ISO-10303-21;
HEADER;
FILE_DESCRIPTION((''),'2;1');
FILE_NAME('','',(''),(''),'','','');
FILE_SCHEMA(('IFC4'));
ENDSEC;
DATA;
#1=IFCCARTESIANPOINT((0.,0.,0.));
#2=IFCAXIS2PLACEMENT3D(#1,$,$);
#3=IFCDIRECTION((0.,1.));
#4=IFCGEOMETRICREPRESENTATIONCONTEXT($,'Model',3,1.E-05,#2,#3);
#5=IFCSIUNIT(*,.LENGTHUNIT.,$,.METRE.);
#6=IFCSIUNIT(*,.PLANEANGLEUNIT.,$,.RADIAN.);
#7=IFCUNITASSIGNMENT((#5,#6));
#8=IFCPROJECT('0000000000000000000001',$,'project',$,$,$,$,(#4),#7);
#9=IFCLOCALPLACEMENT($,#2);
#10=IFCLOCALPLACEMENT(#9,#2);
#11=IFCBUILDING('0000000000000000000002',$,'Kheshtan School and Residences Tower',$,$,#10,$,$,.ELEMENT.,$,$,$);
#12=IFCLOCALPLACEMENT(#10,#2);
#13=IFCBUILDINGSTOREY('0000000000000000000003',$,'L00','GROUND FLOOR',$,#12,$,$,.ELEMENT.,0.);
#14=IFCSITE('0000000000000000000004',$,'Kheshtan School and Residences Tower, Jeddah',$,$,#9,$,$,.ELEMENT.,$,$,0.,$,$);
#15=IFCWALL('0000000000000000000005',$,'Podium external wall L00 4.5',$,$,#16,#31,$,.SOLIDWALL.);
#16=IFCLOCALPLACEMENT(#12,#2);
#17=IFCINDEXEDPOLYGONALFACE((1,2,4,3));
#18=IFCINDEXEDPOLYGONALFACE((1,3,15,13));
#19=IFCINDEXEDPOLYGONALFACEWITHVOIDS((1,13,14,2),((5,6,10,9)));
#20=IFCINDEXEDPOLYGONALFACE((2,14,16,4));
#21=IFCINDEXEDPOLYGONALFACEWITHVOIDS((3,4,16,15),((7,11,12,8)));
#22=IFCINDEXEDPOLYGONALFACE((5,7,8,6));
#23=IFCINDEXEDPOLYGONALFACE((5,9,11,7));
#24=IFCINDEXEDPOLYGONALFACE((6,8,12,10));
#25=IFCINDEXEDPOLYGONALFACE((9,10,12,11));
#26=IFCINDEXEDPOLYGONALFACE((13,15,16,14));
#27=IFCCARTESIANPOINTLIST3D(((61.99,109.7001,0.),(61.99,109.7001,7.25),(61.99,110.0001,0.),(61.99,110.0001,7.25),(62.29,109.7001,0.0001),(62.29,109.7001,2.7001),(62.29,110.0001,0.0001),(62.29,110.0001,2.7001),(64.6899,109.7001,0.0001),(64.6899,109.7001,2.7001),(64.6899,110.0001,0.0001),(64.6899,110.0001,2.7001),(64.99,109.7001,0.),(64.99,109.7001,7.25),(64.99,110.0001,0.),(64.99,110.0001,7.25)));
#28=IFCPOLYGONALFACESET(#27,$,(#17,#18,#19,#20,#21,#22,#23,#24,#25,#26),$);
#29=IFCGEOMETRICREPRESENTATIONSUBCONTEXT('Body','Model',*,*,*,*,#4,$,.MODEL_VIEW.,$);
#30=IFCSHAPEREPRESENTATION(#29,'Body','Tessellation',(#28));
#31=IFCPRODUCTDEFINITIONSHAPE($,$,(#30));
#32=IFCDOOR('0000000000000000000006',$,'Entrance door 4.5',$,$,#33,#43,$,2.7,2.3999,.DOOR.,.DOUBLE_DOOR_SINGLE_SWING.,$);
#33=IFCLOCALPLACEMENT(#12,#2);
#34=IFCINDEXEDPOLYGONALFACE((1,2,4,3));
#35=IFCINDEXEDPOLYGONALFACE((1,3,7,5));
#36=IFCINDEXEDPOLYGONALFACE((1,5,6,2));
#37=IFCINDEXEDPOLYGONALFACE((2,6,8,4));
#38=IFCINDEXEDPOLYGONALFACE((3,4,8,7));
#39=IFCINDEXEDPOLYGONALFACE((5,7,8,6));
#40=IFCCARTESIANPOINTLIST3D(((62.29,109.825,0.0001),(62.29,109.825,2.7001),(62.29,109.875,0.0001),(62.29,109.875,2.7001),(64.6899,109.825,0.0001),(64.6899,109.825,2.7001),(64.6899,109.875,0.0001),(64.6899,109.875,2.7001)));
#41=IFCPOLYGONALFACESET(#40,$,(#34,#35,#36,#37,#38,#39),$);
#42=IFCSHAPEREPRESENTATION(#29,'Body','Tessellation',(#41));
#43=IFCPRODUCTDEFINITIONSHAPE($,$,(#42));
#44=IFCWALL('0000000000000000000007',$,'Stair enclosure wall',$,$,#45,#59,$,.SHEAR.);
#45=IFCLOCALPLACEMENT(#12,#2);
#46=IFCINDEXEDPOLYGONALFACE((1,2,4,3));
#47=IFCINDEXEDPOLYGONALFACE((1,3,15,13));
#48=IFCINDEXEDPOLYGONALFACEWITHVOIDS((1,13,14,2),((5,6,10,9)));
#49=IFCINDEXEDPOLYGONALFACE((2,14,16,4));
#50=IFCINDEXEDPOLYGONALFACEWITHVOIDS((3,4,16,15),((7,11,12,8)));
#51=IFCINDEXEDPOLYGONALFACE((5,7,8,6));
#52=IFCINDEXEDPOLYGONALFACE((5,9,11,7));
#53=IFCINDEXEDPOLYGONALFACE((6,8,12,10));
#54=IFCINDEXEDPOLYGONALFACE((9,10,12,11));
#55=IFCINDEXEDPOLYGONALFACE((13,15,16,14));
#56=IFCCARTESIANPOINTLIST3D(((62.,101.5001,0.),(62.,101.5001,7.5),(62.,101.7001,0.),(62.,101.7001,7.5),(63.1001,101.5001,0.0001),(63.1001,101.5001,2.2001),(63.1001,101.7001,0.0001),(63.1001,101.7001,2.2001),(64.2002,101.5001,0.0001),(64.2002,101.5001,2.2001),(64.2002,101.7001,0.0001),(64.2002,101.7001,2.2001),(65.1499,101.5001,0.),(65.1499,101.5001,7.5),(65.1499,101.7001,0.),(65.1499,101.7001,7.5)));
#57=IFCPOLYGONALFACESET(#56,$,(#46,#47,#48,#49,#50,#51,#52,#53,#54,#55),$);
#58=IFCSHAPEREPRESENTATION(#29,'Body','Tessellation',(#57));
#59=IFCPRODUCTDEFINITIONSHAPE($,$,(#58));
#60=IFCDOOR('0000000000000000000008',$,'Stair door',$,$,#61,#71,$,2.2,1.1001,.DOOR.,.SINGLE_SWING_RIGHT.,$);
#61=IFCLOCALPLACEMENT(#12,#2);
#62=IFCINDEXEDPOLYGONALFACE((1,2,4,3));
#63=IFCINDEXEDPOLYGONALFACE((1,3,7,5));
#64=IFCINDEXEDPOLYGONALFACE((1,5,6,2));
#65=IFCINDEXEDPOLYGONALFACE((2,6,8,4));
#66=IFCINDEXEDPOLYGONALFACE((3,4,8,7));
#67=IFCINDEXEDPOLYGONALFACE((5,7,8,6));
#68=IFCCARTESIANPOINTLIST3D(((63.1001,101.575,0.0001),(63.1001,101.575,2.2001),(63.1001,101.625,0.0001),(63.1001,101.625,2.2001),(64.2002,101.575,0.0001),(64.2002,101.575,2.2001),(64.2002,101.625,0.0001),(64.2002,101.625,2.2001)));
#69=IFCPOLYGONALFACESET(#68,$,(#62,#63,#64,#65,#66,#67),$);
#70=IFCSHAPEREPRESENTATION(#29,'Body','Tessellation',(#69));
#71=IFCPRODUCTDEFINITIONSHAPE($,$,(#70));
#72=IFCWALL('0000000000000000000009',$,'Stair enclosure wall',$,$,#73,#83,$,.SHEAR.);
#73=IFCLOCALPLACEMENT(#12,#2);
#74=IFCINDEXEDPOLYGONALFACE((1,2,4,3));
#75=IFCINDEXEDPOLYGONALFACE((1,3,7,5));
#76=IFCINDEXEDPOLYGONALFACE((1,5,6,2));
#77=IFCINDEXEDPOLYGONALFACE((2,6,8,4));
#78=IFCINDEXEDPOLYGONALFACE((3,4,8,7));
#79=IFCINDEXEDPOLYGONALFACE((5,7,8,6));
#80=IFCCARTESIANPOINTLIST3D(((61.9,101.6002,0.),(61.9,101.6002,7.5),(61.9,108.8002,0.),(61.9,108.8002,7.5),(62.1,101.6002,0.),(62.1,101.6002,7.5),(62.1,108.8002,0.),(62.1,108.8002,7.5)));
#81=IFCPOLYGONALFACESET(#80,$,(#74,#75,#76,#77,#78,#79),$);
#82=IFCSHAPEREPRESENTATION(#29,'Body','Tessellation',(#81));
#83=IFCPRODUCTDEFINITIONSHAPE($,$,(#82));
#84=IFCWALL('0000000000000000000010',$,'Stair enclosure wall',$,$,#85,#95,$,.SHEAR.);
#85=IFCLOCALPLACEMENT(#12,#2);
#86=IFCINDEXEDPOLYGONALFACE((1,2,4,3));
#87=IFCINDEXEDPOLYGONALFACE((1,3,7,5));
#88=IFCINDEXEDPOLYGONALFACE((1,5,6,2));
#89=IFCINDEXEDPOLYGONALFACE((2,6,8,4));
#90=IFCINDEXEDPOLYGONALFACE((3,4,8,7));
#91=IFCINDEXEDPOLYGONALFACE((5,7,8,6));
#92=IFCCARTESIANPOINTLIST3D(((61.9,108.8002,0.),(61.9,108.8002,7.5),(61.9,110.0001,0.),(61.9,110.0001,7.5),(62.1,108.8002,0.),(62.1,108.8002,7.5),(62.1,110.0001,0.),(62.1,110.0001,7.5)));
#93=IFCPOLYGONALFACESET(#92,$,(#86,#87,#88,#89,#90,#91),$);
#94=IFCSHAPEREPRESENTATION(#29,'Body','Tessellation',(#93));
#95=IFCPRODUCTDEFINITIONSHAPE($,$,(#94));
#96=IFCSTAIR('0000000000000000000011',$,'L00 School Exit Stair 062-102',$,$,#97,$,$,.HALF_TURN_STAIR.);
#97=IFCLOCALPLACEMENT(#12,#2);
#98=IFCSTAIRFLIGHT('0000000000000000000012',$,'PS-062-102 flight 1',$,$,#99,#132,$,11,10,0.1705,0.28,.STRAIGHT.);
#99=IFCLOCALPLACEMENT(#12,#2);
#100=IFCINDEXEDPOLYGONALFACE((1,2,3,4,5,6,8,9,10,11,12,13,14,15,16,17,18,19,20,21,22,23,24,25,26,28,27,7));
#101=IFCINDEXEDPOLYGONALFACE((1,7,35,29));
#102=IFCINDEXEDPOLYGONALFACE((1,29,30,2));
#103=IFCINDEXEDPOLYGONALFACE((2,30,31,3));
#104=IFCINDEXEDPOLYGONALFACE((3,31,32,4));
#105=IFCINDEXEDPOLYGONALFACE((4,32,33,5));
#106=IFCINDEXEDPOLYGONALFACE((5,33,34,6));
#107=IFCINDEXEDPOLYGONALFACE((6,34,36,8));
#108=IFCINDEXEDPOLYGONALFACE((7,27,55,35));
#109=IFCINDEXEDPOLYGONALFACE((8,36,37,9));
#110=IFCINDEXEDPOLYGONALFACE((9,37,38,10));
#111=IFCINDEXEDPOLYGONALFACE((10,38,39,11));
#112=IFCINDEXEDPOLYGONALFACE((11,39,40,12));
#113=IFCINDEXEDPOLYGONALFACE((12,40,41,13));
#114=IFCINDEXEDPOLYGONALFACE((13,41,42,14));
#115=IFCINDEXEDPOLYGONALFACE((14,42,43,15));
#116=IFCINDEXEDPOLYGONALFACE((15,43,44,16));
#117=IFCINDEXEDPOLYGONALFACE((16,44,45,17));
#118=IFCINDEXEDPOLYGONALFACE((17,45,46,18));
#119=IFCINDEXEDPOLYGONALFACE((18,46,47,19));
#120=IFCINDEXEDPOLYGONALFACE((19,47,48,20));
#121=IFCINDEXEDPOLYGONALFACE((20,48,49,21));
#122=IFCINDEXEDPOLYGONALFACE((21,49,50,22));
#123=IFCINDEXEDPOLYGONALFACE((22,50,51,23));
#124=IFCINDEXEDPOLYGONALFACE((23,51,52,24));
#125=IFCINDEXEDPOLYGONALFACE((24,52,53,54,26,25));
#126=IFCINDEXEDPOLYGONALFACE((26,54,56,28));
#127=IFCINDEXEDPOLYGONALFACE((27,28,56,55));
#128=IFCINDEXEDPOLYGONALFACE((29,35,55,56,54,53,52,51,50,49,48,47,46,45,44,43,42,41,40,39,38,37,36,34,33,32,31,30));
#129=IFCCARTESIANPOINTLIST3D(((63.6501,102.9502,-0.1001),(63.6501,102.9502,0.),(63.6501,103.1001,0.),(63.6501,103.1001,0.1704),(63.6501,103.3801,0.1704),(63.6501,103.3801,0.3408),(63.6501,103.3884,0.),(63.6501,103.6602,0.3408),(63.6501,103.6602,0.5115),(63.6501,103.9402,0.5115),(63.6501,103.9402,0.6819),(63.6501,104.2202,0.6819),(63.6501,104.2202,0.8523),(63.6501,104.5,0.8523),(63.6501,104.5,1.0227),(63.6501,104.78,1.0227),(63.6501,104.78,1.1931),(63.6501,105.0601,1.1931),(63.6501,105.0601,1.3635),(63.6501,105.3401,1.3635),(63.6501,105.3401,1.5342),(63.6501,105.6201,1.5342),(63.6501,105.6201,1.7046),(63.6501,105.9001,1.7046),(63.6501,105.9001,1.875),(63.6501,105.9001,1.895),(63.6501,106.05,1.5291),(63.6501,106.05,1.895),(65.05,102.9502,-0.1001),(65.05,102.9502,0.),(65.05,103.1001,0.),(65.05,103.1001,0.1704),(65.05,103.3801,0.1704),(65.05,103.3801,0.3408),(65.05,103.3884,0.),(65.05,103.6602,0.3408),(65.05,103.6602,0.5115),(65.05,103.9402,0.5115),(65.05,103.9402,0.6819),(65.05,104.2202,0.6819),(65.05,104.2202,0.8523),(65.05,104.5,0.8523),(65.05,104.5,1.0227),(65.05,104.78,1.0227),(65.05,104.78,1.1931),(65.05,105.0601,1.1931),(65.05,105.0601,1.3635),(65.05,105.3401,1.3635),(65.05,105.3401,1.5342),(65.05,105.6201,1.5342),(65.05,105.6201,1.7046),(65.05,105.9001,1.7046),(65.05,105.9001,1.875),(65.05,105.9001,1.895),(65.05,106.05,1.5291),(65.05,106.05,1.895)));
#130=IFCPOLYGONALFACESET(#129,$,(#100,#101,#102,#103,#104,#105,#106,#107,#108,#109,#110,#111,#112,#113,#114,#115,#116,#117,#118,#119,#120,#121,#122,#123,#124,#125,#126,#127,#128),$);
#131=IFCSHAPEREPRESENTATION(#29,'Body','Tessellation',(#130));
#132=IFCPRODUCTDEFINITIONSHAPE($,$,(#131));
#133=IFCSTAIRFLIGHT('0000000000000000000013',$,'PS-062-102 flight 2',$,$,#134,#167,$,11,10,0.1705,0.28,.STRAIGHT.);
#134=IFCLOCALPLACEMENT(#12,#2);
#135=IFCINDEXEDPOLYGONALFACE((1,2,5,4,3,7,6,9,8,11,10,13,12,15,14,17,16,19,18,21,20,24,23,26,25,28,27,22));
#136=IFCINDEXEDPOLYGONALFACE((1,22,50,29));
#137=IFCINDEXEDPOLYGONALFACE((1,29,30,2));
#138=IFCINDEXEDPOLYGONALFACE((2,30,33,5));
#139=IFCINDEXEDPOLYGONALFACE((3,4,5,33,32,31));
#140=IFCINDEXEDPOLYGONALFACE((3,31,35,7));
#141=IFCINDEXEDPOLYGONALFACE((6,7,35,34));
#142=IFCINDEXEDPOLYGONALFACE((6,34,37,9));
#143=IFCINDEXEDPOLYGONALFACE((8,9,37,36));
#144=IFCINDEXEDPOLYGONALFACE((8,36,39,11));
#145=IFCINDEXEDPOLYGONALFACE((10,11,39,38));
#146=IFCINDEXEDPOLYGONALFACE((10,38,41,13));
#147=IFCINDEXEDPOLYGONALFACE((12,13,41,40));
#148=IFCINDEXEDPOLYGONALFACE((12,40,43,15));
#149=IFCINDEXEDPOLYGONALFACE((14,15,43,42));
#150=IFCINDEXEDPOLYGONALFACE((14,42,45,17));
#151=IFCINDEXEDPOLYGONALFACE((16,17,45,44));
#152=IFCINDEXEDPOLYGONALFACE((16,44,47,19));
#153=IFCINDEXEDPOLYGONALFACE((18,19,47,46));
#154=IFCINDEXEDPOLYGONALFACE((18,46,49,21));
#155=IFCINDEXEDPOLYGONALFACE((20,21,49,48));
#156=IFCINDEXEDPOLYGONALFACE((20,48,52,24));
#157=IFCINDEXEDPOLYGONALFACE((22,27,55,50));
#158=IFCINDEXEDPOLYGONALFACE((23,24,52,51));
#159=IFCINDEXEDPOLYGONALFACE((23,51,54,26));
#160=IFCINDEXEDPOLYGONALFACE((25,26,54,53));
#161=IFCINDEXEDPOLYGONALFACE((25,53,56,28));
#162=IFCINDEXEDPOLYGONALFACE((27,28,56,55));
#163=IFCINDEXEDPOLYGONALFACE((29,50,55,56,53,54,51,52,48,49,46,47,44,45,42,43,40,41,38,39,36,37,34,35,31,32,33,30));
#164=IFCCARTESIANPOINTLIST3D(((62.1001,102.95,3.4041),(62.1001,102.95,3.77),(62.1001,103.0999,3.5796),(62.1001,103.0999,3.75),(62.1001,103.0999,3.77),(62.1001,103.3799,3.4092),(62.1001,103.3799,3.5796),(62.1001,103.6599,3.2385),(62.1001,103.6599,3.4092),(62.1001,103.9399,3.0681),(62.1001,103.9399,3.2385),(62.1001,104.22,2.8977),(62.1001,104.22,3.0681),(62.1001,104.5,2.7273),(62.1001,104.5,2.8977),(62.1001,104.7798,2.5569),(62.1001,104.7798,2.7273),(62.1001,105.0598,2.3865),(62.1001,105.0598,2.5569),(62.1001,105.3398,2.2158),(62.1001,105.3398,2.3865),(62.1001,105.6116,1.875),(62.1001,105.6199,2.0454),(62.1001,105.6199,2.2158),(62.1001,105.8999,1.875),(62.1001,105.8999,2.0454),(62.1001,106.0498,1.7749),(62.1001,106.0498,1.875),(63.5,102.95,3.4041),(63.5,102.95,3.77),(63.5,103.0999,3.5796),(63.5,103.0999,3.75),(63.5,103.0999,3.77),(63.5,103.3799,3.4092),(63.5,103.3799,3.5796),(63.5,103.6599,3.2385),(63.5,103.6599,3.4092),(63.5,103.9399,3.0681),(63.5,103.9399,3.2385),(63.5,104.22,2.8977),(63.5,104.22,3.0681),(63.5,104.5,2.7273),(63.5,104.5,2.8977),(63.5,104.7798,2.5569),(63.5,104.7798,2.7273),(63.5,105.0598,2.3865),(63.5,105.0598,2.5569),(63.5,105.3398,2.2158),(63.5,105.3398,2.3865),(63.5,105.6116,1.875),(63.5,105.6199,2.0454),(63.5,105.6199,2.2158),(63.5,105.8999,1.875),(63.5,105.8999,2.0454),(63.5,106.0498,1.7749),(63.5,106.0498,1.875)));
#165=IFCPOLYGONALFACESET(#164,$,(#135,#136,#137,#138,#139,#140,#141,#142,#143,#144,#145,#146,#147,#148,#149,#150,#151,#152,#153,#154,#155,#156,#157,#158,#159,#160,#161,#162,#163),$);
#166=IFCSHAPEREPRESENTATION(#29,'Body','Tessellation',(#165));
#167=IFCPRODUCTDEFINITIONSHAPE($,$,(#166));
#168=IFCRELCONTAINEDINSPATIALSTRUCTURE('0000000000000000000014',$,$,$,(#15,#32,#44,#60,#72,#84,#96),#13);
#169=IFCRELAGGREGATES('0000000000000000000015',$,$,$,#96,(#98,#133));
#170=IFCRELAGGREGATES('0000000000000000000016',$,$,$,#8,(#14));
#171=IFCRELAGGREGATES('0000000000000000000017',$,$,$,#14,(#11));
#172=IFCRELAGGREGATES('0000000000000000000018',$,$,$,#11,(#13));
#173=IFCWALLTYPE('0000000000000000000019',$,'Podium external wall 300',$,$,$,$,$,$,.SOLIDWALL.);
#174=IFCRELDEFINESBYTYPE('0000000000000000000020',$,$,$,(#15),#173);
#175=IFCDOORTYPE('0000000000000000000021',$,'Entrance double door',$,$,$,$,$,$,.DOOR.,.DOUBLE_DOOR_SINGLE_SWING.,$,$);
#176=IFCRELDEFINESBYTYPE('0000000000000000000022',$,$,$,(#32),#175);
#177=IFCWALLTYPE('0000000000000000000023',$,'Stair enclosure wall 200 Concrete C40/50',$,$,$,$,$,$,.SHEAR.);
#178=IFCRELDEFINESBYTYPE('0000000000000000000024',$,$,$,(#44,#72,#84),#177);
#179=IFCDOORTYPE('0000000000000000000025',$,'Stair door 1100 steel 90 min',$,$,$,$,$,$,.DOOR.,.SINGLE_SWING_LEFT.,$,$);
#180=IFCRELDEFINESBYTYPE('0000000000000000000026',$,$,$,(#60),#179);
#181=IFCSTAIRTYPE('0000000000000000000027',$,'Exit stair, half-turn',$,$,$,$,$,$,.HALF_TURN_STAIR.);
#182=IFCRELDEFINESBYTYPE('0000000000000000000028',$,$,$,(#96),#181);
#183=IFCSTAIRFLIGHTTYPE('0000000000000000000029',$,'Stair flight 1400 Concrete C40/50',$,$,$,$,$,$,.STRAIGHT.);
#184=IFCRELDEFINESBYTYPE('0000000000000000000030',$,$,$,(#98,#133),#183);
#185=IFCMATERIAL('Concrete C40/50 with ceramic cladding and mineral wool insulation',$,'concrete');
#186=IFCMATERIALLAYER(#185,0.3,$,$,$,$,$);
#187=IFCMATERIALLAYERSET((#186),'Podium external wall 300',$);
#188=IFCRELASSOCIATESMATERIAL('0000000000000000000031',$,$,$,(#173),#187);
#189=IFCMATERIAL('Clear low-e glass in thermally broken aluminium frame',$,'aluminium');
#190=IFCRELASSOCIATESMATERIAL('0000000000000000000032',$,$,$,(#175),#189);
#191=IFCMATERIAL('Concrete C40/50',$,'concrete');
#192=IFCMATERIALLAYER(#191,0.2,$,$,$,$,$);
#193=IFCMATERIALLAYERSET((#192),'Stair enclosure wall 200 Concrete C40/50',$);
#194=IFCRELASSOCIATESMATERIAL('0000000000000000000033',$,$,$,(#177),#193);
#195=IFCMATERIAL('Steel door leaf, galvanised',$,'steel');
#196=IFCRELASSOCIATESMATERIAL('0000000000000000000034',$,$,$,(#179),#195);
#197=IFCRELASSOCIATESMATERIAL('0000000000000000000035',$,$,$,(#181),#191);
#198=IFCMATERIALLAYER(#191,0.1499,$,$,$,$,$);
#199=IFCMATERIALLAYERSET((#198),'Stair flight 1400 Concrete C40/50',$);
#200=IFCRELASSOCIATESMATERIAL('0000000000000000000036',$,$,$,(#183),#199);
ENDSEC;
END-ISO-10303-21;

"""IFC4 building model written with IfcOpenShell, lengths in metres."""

from ifc_helpers import new_model, si_unit, direction, frame, frame_2d, origin, place, context, subcontext, project, spatial, polyline, rectangle, outline, extrude, source, transform, mapped, material, layer, layer_set, type_object, element, fill, aggregate, save


model = new_model("IFC4")

# Units and contexts
model_context = context("Model", 3, precision=1e-05, world=origin(), true_north=direction((0.0, 1.0)))
body_context = subcontext(model_context, "Body", "Model", "MODEL_VIEW")
ifc_project = project(units=[si_unit("LENGTHUNIT", "METRE"), si_unit("PLANEANGLEUNIT", "RADIAN")], contexts=[model_context])

# Site, building, storey
site_placement = place(None, origin())
site = spatial("IfcSite", under=ifc_project, at=site_placement, Name="Kheshtan School and Residences Tower, Jeddah", CompositionType="ELEMENT", RefElevation=0.0)
building_placement = place(site_placement, origin())
building = spatial("IfcBuilding", under=site, at=building_placement, Name="Kheshtan School and Residences Tower", CompositionType="ELEMENT")
storey_placement = place(building_placement, origin())
storey = spatial("IfcBuildingStorey", under=building, at=storey_placement, Name="L00", Description="GROUND FLOOR", CompositionType="ELEMENT", Elevation=0.0)

# Shared definitions
ifc_material_1 = material(Name="Clear low-e glass in thermally broken aluminium frame", Category="aluminium")

# Walls, openings, doors
ifc_material_2 = material(Name="Concrete C40/50 with ceramic cladding and mineral wool insulation", Category="concrete")
ifc_layer_1 = layer(ifc_material_2, 0.3)
ifc_layer_set_1 = layer_set([ifc_layer_1], Name="Podium external wall 300")
wall_type_1 = type_object("IfcWallType", Name="Podium external wall 300", PredefinedType="SOLIDWALL", material=ifc_layer_set_1)
wall_1_placement = place(storey_placement, frame((61.99, 109.8501, 0.0), z_axis=(0.0, 0.0, 1.0), x_axis=(1.0, 0.0, 0.0)))
wall_1 = element("IfcWall", 1, at=wall_1_placement, inside=storey, type_object=wall_type_1, Name="Podium external wall L00 4.5", PredefinedType="SOLIDWALL", context=body_context, shape_type="SweptSolid", body=[
    extrude(rectangle(XDim=3.0, YDim=0.3, at=frame_2d((1.5, 0.0))), origin(), (0.0, 0.0, 1.0), 7.25),
])
opening_1_placement = place(wall_1_placement, frame((0.3, 0.0, 0.0)))
opening_1 = element("IfcOpeningElement", 2, at=opening_1_placement, cuts=wall_1, PredefinedType="OPENING", context=body_context, shape_type="SweptSolid", body=[
    extrude(rectangle(XDim=2.3999, YDim=2.7, at=frame_2d((1.2, 1.3501))), frame((0.0, 0.1602, 0.0), z_axis=(0.0, -1.0, 0.0), x_axis=(1.0, 0.0, 0.0)), (0.0, 0.0, 1.0), 0.3201),
])
door_type_1 = type_object("IfcDoorType", Name="Entrance double door", OperationType="DOUBLE_DOOR_SINGLE_SWING", PredefinedType="DOOR", material=ifc_material_1)
shared_shape_1 = source(origin(), body_context, "Body", "SweptSolid", [
    extrude(rectangle(XDim=2.3999, YDim=2.7, at=frame_2d((1.2, 1.3501))), frame((0.0, 0.0249, 0.0), z_axis=(0.0, -1.0, 0.0), x_axis=(1.0, 0.0, 0.0)), (0.0, 0.0, 1.0), 0.05),
])
door_1_placement = place(opening_1_placement, origin())
door_1 = element("IfcDoor", 3, at=door_1_placement, inside=storey, type_object=door_type_1, Name="Entrance door 4.5", OperationType="DOUBLE_DOOR_SINGLE_SWING", OverallHeight=2.7, OverallWidth=2.3999, PredefinedType="DOOR", context=body_context, shape_type="MappedRepresentation", body=[
    mapped(shared_shape_1, transform((0.0, 0.0, 0.0), x_axis=(1.0, 0.0, 0.0), y_axis=(0.0, 1.0, 0.0), z_axis=(0.0, 0.0, 1.0), scale=1.0)),
])
fill(opening_1, door_1)
ifc_material_3 = material(Name="Concrete C40/50", Category="concrete")
ifc_layer_2 = layer(ifc_material_3, 0.2)
ifc_layer_set_2 = layer_set([ifc_layer_2], Name="Stair enclosure wall 200 Concrete C40/50")
wall_type_2 = type_object("IfcWallType", Name="Stair enclosure wall 200 Concrete C40/50", PredefinedType="SHEAR", material=ifc_layer_set_2)
wall_2_placement = place(storey_placement, frame((62.0, 101.6001, 0.0), z_axis=(0.0, 0.0, 1.0), x_axis=(1.0, 0.0, 0.0)))
wall_2 = element("IfcWall", 4, at=wall_2_placement, inside=storey, type_object=wall_type_2, Name="Stair enclosure wall", PredefinedType="SHEAR", context=body_context, shape_type="SweptSolid", body=[
    extrude(rectangle(XDim=3.1499, YDim=0.2, at=frame_2d((1.575, 0.0))), origin(), (0.0, 0.0, 1.0), 7.5),
])
opening_2_placement = place(wall_2_placement, frame((1.1001, 0.0, 0.0)))
opening_2 = element("IfcOpeningElement", 5, at=opening_2_placement, cuts=wall_2, PredefinedType="OPENING", context=body_context, shape_type="SweptSolid", body=[
    extrude(rectangle(XDim=1.1001, YDim=2.2, at=frame_2d((0.55, 1.1001))), frame((0.0, 0.1099, 0.0), z_axis=(0.0, -1.0, 0.0), x_axis=(1.0, 0.0, 0.0)), (0.0, 0.0, 1.0), 0.22),
])
ifc_material_4 = material(Name="Steel door leaf, galvanised", Category="steel")
door_type_2 = type_object("IfcDoorType", Name="Stair door 1100 steel 90 min", OperationType="SINGLE_SWING_LEFT", PredefinedType="DOOR", material=ifc_material_4)
shared_shape_2 = source(origin(), body_context, "Body", "SweptSolid", [
    extrude(rectangle(XDim=1.1001, YDim=2.2, at=frame_2d((0.55, 1.1001))), frame((0.0, 0.0249, 0.0), z_axis=(0.0, -1.0, 0.0), x_axis=(1.0, 0.0, 0.0)), (0.0, 0.0, 1.0), 0.05),
])
door_2_placement = place(opening_2_placement, origin())
door_2 = element("IfcDoor", 6, at=door_2_placement, inside=storey, type_object=door_type_2, Name="Stair door", OperationType="SINGLE_SWING_RIGHT", OverallHeight=2.2, OverallWidth=1.1001, PredefinedType="DOOR", context=body_context, shape_type="MappedRepresentation", body=[
    mapped(shared_shape_2, transform((0.0, 0.0, 0.0), x_axis=(1.0, 0.0, 0.0), y_axis=(0.0, 1.0, 0.0), z_axis=(0.0, 0.0, 1.0), scale=1.0)),
])
fill(opening_2, door_2)

# Walls
wall_3_placement = place(storey_placement, frame((62.0, 101.6001, 0.0), z_axis=(0.0, 0.0, 1.0), x_axis=(0.0, 1.0, 0.0)))
element("IfcWall", 7, at=wall_3_placement, inside=storey, type_object=wall_type_2, Name="Stair enclosure wall", PredefinedType="SHEAR", context=body_context, shape_type="SweptSolid", body=[
    extrude(rectangle(XDim=7.2, YDim=0.2, at=frame_2d((3.6001, 0.0))), origin(), (0.0, 0.0, 1.0), 7.5),
])
wall_4_placement = place(storey_placement, frame((62.0, 108.8, 0.0), z_axis=(0.0, 0.0, 1.0), x_axis=(0.0, 1.0, 0.0)))
element("IfcWall", 8, at=wall_4_placement, inside=storey, type_object=wall_type_2, Name="Stair enclosure wall", PredefinedType="SHEAR", context=body_context, shape_type="SweptSolid", body=[
    extrude(rectangle(XDim=1.2, YDim=0.2, at=frame_2d((0.6001, 0.0))), origin(), (0.0, 0.0, 1.0), 7.5),
])

# Stair, stair flights
stair_type = type_object("IfcStairType", Name="Exit stair, half-turn", PredefinedType="HALF_TURN_STAIR", material=ifc_material_3)
stair_placement = place(storey_placement, origin())
stair = element("IfcStair", 9, at=stair_placement, inside=storey, type_object=stair_type, Name="L00 School Exit Stair 062-102", PredefinedType="HALF_TURN_STAIR")
ifc_layer_3 = layer(ifc_material_3, 0.1499)
ifc_layer_set_3 = layer_set([ifc_layer_3], Name="Stair flight 1400 Concrete C40/50")
stair_flight_type = type_object("IfcStairFlightType", Name="Stair flight 1400 Concrete C40/50", PredefinedType="STRAIGHT", material=ifc_layer_set_3)
stair_flight_1_placement = place(storey_placement, frame((64.3501, 103.1001, 0.0), z_axis=(0.0, 0.0, 1.0), x_axis=(0.0, 1.0, 0.0)))
stair_flight_1 = element("IfcStairFlight", 10, at=stair_flight_1_placement, type_object=stair_flight_type, Name="PS-062-102 flight 1", NumberOfRisers=11, NumberOfTreads=10, PredefinedType="STRAIGHT", RiserHeight=0.1705, TreadLength=0.28, context=body_context, shape_type="SweptSolid", body=[
    extrude(outline(polyline([(-0.1499, -0.1001), (-0.1499, 0.0), (0.0, 0.0), (0.0, 0.1704), (0.28, 0.1704), (0.28, 0.3408), (0.5601, 0.3408), (0.5601, 0.5115), (0.8401, 0.5115), (0.8401, 0.6819), (1.1201, 0.6819), (1.1201, 0.8523), (1.3999, 0.8523), (1.3999, 1.0227), (1.6799, 1.0227), (1.6799, 1.1931), (1.96, 1.1931), (1.96, 1.3635), (2.24, 1.3635), (2.24, 1.5342), (2.52, 1.5342), (2.52, 1.7046), (2.8, 1.7046), (2.8, 1.875), (2.8, 1.895), (2.95, 1.895), (2.95, 1.5291), (0.2883, 0.0), (-0.1499, -0.1001)])), frame((0.0, 0.7, 0.0), z_axis=(0.0, -1.0, 0.0), x_axis=(1.0, 0.0, 0.0)), (0.0, 0.0, 1.0), 1.3999),
])
stair_flight_2_placement = place(storey_placement, frame((62.8, 105.8999, 1.875), z_axis=(0.0, 0.0, 1.0), x_axis=(0.0, -1.0, 0.0)))
stair_flight_2 = element("IfcStairFlight", 11, at=stair_flight_2_placement, type_object=stair_flight_type, Name="PS-062-102 flight 2", NumberOfRisers=11, NumberOfTreads=10, PredefinedType="STRAIGHT", RiserHeight=0.1705, TreadLength=0.28, context=body_context, shape_type="SweptSolid", body=[
    extrude(outline(polyline([(-0.1499, -0.1001), (-0.1499, 0.0), (0.0, 0.0), (0.0, 0.1704), (0.28, 0.1704), (0.28, 0.3408), (0.5601, 0.3408), (0.5601, 0.5115), (0.8401, 0.5115), (0.8401, 0.6819), (1.1201, 0.6819), (1.1201, 0.8523), (1.3999, 0.8523), (1.3999, 1.0227), (1.6799, 1.0227), (1.6799, 1.1931), (1.96, 1.1931), (1.96, 1.3635), (2.24, 1.3635), (2.24, 1.5342), (2.52, 1.5342), (2.52, 1.7046), (2.8, 1.7046), (2.8, 1.875), (2.8, 1.895), (2.95, 1.895), (2.95, 1.5291), (0.2883, 0.0), (-0.1499, -0.1001)])), frame((0.0, 0.7, 0.0), z_axis=(0.0, -1.0, 0.0), x_axis=(1.0, 0.0, 0.0)), (0.0, 0.0, 1.0), 1.3999),
])
aggregate(stair, [stair_flight_1, stair_flight_2])

save(model, "model.ifc")
